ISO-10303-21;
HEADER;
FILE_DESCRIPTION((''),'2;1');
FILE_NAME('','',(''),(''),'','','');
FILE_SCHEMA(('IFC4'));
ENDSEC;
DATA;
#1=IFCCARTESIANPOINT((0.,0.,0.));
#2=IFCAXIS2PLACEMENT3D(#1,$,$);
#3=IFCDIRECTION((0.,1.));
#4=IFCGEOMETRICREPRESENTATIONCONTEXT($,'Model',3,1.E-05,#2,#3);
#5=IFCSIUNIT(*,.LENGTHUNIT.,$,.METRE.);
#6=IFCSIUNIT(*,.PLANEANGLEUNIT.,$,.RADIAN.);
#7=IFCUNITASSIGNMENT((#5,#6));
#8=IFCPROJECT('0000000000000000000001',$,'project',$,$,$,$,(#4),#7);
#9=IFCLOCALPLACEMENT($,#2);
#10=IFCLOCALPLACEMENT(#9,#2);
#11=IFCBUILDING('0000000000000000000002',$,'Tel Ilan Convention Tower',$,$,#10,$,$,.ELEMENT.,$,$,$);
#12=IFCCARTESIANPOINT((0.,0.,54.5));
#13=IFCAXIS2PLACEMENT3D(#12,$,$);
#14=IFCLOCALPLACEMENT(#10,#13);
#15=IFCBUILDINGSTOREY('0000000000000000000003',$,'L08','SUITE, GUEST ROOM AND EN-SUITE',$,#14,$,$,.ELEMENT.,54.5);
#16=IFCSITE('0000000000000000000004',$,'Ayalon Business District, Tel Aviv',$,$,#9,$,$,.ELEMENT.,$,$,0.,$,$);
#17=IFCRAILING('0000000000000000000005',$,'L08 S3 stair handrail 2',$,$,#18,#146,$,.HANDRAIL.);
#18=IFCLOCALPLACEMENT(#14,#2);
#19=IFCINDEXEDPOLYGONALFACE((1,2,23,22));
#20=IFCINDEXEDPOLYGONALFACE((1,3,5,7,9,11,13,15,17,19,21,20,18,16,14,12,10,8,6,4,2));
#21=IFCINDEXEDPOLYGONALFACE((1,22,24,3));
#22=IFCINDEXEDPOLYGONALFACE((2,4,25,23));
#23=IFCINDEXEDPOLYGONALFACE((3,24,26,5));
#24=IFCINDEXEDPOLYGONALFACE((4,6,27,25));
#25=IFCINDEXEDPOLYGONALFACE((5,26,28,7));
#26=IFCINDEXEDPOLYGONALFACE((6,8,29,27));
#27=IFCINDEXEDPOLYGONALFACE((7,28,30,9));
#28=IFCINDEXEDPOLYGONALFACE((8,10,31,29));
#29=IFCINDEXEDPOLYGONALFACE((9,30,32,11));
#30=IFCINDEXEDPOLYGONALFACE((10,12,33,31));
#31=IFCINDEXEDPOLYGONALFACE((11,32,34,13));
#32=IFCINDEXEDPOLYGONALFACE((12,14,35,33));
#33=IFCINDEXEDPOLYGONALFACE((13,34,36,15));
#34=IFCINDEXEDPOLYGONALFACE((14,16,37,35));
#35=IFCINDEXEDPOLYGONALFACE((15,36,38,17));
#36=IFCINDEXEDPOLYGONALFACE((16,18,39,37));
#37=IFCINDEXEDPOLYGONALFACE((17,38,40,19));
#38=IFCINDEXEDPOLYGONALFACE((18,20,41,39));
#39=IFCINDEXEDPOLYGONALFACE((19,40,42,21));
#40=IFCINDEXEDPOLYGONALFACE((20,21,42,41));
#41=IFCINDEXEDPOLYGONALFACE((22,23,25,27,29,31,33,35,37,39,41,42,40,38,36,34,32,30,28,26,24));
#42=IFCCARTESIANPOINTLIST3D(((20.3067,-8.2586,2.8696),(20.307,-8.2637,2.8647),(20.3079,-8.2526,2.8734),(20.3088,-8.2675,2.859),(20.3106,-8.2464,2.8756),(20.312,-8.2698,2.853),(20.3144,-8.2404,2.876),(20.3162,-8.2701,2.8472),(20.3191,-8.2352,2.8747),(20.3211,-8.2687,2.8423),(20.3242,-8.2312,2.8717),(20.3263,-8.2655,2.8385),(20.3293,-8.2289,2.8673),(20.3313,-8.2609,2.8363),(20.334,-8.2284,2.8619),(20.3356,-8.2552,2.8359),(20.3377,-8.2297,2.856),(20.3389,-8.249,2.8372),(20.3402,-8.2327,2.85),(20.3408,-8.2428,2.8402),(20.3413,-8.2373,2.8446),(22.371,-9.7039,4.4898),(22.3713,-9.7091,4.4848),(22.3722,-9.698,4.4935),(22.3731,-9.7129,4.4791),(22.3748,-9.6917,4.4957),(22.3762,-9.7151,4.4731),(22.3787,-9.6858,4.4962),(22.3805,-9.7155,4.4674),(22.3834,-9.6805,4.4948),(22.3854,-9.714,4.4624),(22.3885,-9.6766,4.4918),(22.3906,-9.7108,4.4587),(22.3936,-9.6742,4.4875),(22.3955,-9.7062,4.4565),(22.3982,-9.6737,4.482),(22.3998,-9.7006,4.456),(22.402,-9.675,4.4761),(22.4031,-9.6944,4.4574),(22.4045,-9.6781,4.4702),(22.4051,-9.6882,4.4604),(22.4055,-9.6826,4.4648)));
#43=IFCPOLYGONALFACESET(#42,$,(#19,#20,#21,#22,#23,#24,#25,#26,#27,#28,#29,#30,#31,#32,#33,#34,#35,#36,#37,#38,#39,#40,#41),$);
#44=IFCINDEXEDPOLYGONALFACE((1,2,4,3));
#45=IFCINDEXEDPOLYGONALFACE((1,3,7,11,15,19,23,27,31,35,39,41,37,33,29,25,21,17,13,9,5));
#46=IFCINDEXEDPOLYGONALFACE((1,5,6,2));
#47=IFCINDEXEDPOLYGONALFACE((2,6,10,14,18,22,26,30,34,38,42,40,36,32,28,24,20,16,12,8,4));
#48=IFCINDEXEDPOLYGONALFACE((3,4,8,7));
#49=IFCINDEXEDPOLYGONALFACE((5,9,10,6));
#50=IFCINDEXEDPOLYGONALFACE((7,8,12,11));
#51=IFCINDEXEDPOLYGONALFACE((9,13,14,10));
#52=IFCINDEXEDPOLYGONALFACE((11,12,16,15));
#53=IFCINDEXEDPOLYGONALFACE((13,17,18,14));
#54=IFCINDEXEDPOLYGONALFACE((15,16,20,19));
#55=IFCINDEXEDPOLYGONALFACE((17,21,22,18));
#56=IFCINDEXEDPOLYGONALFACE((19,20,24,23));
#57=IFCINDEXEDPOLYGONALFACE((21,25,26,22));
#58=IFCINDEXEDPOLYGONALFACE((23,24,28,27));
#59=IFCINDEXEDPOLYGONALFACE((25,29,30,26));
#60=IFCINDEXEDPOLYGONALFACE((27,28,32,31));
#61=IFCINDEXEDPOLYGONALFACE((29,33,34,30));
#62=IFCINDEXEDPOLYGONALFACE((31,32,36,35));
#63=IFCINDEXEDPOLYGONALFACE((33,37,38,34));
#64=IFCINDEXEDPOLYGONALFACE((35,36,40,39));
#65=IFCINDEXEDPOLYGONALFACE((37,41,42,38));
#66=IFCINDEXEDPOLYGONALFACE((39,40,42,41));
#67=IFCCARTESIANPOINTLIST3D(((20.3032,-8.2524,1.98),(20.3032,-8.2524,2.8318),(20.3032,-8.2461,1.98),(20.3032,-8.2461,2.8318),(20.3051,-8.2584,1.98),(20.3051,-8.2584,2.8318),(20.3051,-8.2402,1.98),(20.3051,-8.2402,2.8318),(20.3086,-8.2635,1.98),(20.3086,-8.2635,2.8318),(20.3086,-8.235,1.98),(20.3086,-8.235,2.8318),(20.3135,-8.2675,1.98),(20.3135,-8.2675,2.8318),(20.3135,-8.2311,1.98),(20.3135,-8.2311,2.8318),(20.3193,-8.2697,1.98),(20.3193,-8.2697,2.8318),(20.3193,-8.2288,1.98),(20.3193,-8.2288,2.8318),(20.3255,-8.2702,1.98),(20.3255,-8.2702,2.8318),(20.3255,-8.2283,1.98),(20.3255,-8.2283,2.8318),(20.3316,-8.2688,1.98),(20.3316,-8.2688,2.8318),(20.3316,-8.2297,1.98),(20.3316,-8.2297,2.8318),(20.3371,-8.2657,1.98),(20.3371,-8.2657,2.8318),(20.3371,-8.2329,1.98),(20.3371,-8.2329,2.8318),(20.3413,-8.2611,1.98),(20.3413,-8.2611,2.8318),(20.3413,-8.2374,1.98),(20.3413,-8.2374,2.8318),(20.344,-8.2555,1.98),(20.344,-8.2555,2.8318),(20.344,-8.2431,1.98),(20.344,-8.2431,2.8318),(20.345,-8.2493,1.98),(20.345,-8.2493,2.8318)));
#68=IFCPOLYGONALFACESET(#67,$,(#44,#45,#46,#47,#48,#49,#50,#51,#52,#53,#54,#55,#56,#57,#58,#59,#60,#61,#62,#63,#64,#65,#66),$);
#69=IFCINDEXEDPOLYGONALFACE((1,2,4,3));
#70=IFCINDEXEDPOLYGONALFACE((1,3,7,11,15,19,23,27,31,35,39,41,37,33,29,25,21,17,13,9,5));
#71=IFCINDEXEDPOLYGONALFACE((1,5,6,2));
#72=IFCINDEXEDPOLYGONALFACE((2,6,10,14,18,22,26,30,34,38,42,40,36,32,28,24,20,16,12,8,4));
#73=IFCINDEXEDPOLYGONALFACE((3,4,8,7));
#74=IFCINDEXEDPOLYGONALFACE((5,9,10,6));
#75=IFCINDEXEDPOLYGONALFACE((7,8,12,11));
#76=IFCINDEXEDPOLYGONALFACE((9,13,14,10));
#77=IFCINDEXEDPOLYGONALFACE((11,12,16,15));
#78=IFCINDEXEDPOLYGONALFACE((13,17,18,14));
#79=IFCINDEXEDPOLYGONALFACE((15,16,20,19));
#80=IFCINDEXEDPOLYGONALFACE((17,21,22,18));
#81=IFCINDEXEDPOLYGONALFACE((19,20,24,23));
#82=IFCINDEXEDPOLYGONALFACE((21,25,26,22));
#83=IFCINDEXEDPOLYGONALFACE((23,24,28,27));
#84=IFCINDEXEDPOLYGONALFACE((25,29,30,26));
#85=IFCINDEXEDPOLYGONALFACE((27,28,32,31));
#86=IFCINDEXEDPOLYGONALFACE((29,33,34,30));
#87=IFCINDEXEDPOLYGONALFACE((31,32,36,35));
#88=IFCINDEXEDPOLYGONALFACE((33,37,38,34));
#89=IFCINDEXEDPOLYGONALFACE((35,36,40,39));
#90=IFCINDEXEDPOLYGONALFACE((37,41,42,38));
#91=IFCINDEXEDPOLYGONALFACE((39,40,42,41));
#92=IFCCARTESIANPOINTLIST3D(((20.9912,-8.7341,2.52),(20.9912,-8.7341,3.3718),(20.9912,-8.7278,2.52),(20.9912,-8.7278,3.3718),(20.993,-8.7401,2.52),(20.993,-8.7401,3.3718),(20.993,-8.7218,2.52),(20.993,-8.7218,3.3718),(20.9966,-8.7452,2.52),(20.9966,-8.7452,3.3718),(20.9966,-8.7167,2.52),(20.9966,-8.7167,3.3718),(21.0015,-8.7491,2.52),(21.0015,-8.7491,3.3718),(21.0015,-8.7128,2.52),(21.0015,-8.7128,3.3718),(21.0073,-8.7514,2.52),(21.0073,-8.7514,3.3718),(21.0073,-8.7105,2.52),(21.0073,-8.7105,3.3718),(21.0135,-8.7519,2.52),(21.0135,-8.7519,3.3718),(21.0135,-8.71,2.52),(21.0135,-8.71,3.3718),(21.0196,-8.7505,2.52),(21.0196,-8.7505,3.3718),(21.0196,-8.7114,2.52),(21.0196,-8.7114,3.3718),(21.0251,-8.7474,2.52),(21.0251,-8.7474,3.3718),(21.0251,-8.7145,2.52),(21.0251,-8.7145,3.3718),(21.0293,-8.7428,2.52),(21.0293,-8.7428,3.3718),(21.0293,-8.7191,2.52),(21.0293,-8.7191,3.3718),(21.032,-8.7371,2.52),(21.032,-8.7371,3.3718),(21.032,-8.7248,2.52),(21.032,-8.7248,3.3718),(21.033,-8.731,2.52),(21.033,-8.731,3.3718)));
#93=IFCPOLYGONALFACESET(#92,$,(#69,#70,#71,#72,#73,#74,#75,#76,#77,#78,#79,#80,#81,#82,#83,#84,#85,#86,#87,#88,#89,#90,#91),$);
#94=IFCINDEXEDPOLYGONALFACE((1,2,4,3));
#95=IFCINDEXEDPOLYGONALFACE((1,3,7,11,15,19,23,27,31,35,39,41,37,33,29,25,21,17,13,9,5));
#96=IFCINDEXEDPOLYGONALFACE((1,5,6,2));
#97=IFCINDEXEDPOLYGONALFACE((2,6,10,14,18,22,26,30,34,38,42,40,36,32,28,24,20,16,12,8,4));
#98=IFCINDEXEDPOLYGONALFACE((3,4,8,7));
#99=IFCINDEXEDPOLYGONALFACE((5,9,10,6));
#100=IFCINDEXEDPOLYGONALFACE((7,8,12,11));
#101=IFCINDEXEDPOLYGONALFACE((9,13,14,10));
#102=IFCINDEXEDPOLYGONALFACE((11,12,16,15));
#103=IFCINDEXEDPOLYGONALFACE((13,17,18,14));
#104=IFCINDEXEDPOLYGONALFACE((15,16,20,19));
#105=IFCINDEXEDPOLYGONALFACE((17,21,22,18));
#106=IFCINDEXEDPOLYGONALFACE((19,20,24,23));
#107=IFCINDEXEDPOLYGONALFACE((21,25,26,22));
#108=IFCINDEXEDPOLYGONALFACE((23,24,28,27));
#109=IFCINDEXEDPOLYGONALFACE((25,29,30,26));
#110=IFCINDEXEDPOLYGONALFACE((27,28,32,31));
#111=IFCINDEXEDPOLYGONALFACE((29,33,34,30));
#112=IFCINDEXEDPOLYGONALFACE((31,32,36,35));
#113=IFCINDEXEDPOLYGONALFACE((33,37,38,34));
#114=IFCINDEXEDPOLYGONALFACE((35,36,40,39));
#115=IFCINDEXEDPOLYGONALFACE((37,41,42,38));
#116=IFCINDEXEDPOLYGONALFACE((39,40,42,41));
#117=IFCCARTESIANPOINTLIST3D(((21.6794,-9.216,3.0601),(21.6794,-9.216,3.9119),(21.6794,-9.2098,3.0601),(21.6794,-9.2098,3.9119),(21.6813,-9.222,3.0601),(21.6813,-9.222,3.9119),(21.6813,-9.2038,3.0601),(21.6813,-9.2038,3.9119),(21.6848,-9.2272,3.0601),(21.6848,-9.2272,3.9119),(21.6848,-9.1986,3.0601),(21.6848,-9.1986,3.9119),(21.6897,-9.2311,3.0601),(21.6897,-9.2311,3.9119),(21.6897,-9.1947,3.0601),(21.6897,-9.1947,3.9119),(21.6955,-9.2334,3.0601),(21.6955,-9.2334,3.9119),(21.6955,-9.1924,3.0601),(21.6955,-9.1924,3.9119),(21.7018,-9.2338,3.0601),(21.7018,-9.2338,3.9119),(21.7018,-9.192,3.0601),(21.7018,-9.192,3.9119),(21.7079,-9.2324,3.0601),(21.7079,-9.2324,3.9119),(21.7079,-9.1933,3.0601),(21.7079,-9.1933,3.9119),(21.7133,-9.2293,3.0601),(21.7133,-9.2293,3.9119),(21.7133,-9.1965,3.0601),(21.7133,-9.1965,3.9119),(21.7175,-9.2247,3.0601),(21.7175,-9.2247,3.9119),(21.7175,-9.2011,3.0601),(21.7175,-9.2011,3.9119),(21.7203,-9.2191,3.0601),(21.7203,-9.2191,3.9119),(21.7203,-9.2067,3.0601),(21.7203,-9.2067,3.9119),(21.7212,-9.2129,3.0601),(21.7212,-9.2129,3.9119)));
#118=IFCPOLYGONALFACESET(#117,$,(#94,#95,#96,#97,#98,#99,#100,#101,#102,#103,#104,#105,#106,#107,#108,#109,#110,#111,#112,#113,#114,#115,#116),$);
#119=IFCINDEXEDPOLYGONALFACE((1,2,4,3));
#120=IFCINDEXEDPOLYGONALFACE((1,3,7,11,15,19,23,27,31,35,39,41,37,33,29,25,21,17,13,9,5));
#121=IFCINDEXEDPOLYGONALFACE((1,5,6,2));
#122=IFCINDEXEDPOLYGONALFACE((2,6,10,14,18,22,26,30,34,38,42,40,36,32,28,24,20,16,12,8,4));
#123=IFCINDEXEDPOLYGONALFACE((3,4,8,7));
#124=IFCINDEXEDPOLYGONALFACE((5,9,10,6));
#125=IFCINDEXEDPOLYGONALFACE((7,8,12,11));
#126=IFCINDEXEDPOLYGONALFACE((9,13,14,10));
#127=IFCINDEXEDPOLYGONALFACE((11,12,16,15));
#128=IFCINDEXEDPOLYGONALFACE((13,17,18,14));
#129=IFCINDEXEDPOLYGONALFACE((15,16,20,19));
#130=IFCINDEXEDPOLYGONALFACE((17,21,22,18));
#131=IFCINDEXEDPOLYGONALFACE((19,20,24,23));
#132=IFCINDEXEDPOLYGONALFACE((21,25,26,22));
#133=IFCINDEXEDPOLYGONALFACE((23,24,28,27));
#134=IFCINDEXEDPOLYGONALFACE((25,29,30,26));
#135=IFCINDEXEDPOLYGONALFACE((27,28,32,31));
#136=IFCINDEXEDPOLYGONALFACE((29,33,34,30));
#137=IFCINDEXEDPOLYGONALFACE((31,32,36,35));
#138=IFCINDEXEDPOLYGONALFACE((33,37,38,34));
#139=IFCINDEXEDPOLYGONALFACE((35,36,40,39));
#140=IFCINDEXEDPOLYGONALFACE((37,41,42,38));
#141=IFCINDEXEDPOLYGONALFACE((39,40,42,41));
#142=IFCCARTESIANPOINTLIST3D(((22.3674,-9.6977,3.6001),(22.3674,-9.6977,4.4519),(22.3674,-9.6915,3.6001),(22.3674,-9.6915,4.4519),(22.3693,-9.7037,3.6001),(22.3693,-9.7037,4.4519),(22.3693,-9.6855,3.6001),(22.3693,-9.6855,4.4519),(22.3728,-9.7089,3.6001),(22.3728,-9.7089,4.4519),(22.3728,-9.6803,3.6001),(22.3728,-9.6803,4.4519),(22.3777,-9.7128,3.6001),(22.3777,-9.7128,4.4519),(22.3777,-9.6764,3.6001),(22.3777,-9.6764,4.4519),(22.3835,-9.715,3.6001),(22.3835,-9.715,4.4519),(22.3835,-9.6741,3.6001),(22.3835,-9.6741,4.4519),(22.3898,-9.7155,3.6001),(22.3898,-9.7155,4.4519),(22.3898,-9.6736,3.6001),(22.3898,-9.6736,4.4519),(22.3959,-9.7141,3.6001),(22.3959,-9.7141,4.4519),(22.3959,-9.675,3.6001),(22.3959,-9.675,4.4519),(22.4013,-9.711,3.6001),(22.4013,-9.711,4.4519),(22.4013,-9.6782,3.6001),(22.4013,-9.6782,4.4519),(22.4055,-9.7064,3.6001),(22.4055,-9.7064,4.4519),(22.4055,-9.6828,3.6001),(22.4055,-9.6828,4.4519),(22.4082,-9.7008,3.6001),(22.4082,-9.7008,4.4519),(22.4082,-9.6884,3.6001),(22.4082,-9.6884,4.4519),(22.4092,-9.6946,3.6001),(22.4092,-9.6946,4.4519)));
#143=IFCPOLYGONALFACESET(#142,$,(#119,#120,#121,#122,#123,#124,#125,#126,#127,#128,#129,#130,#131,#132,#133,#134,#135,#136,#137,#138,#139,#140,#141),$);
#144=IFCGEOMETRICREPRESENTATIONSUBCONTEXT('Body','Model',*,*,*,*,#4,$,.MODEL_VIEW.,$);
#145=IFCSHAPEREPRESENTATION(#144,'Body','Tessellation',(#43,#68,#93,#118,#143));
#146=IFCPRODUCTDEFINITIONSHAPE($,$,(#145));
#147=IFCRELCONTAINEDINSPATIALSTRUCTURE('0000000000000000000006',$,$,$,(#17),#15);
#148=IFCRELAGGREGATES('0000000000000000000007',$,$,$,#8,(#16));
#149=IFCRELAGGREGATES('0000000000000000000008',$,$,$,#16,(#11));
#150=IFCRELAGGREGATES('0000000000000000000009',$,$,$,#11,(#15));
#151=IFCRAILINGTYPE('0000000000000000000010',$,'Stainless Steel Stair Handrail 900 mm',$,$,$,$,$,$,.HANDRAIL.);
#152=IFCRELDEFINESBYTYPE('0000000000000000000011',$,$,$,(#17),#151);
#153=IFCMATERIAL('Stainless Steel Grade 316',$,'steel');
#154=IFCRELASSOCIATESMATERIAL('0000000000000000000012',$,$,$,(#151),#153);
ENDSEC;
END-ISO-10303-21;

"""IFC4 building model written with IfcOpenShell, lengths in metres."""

from ifc_helpers import new_model, si_unit, direction, frame, origin, origin_2d, place, context, subcontext, project, spatial, circle, extrude, material, type_object, element, save


model = new_model("IFC4")

# Units and contexts
model_context = context("Model", 3, precision=1e-05, world=origin(), true_north=direction((0.0, 1.0)))
body_context = subcontext(model_context, "Body", "Model", "MODEL_VIEW")
ifc_project = project(units=[si_unit("LENGTHUNIT", "METRE"), si_unit("PLANEANGLEUNIT", "RADIAN")], contexts=[model_context])

# Site, building, storey
site_placement = place(None, origin())
site = spatial("IfcSite", under=ifc_project, at=site_placement, Name="Ayalon Business District, Tel Aviv", CompositionType="ELEMENT", RefElevation=0.0)
building_placement = place(site_placement, origin())
building = spatial("IfcBuilding", under=site, at=building_placement, Name="Tel Ilan Convention Tower", CompositionType="ELEMENT")
storey_placement = place(building_placement, frame((0.0, 0.0, 54.5)))
storey = spatial("IfcBuildingStorey", under=building, at=storey_placement, Name="L08", Description="SUITE, GUEST ROOM AND EN-SUITE", CompositionType="ELEMENT", Elevation=54.5)

# Railing
ifc_material_1 = material(Name="Stainless Steel Grade 316", Category="steel")
railing_type_1 = type_object("IfcRailingType", Name="Stainless Steel Stair Handrail 900 mm", PredefinedType="HANDRAIL", material=ifc_material_1)
railing_1_placement = place(storey_placement, frame((20.324, -8.2493, 1.98)))
element("IfcRailing", 1, at=railing_1_placement, inside=storey, type_object=railing_type_1, Name="L08 S3 stair handrail 2", PredefinedType="HANDRAIL", context=body_context, shape_type="SweptSolid", body=[
    extrude(circle(Radius=0.0239, at=origin_2d()), frame((0.0, 0.0, 0.876), z_axis=(0.68904, -0.48245, 0.540801), x_axis=(0.57356, 0.819164, 0.0)), (0.0, 0.0, 1.0), 2.9958),
    extrude(circle(Radius=0.021, at=origin_2d()), origin(), (0.0, 0.0, 1.0), 0.8518),
    extrude(circle(Radius=0.021, at=origin_2d()), frame((0.688, -0.4817, 0.54)), (0.0, 0.0, 1.0), 0.8518),
    extrude(circle(Radius=0.021, at=origin_2d()), frame((1.3762, -0.9636, 1.0801)), (0.0, 0.0, 1.0), 0.8518),
    extrude(circle(Radius=0.021, at=origin_2d()), frame((2.0642, -1.4453, 1.6201)), (0.0, 0.0, 1.0), 0.8518),
])

save(model, "model.ifc")
